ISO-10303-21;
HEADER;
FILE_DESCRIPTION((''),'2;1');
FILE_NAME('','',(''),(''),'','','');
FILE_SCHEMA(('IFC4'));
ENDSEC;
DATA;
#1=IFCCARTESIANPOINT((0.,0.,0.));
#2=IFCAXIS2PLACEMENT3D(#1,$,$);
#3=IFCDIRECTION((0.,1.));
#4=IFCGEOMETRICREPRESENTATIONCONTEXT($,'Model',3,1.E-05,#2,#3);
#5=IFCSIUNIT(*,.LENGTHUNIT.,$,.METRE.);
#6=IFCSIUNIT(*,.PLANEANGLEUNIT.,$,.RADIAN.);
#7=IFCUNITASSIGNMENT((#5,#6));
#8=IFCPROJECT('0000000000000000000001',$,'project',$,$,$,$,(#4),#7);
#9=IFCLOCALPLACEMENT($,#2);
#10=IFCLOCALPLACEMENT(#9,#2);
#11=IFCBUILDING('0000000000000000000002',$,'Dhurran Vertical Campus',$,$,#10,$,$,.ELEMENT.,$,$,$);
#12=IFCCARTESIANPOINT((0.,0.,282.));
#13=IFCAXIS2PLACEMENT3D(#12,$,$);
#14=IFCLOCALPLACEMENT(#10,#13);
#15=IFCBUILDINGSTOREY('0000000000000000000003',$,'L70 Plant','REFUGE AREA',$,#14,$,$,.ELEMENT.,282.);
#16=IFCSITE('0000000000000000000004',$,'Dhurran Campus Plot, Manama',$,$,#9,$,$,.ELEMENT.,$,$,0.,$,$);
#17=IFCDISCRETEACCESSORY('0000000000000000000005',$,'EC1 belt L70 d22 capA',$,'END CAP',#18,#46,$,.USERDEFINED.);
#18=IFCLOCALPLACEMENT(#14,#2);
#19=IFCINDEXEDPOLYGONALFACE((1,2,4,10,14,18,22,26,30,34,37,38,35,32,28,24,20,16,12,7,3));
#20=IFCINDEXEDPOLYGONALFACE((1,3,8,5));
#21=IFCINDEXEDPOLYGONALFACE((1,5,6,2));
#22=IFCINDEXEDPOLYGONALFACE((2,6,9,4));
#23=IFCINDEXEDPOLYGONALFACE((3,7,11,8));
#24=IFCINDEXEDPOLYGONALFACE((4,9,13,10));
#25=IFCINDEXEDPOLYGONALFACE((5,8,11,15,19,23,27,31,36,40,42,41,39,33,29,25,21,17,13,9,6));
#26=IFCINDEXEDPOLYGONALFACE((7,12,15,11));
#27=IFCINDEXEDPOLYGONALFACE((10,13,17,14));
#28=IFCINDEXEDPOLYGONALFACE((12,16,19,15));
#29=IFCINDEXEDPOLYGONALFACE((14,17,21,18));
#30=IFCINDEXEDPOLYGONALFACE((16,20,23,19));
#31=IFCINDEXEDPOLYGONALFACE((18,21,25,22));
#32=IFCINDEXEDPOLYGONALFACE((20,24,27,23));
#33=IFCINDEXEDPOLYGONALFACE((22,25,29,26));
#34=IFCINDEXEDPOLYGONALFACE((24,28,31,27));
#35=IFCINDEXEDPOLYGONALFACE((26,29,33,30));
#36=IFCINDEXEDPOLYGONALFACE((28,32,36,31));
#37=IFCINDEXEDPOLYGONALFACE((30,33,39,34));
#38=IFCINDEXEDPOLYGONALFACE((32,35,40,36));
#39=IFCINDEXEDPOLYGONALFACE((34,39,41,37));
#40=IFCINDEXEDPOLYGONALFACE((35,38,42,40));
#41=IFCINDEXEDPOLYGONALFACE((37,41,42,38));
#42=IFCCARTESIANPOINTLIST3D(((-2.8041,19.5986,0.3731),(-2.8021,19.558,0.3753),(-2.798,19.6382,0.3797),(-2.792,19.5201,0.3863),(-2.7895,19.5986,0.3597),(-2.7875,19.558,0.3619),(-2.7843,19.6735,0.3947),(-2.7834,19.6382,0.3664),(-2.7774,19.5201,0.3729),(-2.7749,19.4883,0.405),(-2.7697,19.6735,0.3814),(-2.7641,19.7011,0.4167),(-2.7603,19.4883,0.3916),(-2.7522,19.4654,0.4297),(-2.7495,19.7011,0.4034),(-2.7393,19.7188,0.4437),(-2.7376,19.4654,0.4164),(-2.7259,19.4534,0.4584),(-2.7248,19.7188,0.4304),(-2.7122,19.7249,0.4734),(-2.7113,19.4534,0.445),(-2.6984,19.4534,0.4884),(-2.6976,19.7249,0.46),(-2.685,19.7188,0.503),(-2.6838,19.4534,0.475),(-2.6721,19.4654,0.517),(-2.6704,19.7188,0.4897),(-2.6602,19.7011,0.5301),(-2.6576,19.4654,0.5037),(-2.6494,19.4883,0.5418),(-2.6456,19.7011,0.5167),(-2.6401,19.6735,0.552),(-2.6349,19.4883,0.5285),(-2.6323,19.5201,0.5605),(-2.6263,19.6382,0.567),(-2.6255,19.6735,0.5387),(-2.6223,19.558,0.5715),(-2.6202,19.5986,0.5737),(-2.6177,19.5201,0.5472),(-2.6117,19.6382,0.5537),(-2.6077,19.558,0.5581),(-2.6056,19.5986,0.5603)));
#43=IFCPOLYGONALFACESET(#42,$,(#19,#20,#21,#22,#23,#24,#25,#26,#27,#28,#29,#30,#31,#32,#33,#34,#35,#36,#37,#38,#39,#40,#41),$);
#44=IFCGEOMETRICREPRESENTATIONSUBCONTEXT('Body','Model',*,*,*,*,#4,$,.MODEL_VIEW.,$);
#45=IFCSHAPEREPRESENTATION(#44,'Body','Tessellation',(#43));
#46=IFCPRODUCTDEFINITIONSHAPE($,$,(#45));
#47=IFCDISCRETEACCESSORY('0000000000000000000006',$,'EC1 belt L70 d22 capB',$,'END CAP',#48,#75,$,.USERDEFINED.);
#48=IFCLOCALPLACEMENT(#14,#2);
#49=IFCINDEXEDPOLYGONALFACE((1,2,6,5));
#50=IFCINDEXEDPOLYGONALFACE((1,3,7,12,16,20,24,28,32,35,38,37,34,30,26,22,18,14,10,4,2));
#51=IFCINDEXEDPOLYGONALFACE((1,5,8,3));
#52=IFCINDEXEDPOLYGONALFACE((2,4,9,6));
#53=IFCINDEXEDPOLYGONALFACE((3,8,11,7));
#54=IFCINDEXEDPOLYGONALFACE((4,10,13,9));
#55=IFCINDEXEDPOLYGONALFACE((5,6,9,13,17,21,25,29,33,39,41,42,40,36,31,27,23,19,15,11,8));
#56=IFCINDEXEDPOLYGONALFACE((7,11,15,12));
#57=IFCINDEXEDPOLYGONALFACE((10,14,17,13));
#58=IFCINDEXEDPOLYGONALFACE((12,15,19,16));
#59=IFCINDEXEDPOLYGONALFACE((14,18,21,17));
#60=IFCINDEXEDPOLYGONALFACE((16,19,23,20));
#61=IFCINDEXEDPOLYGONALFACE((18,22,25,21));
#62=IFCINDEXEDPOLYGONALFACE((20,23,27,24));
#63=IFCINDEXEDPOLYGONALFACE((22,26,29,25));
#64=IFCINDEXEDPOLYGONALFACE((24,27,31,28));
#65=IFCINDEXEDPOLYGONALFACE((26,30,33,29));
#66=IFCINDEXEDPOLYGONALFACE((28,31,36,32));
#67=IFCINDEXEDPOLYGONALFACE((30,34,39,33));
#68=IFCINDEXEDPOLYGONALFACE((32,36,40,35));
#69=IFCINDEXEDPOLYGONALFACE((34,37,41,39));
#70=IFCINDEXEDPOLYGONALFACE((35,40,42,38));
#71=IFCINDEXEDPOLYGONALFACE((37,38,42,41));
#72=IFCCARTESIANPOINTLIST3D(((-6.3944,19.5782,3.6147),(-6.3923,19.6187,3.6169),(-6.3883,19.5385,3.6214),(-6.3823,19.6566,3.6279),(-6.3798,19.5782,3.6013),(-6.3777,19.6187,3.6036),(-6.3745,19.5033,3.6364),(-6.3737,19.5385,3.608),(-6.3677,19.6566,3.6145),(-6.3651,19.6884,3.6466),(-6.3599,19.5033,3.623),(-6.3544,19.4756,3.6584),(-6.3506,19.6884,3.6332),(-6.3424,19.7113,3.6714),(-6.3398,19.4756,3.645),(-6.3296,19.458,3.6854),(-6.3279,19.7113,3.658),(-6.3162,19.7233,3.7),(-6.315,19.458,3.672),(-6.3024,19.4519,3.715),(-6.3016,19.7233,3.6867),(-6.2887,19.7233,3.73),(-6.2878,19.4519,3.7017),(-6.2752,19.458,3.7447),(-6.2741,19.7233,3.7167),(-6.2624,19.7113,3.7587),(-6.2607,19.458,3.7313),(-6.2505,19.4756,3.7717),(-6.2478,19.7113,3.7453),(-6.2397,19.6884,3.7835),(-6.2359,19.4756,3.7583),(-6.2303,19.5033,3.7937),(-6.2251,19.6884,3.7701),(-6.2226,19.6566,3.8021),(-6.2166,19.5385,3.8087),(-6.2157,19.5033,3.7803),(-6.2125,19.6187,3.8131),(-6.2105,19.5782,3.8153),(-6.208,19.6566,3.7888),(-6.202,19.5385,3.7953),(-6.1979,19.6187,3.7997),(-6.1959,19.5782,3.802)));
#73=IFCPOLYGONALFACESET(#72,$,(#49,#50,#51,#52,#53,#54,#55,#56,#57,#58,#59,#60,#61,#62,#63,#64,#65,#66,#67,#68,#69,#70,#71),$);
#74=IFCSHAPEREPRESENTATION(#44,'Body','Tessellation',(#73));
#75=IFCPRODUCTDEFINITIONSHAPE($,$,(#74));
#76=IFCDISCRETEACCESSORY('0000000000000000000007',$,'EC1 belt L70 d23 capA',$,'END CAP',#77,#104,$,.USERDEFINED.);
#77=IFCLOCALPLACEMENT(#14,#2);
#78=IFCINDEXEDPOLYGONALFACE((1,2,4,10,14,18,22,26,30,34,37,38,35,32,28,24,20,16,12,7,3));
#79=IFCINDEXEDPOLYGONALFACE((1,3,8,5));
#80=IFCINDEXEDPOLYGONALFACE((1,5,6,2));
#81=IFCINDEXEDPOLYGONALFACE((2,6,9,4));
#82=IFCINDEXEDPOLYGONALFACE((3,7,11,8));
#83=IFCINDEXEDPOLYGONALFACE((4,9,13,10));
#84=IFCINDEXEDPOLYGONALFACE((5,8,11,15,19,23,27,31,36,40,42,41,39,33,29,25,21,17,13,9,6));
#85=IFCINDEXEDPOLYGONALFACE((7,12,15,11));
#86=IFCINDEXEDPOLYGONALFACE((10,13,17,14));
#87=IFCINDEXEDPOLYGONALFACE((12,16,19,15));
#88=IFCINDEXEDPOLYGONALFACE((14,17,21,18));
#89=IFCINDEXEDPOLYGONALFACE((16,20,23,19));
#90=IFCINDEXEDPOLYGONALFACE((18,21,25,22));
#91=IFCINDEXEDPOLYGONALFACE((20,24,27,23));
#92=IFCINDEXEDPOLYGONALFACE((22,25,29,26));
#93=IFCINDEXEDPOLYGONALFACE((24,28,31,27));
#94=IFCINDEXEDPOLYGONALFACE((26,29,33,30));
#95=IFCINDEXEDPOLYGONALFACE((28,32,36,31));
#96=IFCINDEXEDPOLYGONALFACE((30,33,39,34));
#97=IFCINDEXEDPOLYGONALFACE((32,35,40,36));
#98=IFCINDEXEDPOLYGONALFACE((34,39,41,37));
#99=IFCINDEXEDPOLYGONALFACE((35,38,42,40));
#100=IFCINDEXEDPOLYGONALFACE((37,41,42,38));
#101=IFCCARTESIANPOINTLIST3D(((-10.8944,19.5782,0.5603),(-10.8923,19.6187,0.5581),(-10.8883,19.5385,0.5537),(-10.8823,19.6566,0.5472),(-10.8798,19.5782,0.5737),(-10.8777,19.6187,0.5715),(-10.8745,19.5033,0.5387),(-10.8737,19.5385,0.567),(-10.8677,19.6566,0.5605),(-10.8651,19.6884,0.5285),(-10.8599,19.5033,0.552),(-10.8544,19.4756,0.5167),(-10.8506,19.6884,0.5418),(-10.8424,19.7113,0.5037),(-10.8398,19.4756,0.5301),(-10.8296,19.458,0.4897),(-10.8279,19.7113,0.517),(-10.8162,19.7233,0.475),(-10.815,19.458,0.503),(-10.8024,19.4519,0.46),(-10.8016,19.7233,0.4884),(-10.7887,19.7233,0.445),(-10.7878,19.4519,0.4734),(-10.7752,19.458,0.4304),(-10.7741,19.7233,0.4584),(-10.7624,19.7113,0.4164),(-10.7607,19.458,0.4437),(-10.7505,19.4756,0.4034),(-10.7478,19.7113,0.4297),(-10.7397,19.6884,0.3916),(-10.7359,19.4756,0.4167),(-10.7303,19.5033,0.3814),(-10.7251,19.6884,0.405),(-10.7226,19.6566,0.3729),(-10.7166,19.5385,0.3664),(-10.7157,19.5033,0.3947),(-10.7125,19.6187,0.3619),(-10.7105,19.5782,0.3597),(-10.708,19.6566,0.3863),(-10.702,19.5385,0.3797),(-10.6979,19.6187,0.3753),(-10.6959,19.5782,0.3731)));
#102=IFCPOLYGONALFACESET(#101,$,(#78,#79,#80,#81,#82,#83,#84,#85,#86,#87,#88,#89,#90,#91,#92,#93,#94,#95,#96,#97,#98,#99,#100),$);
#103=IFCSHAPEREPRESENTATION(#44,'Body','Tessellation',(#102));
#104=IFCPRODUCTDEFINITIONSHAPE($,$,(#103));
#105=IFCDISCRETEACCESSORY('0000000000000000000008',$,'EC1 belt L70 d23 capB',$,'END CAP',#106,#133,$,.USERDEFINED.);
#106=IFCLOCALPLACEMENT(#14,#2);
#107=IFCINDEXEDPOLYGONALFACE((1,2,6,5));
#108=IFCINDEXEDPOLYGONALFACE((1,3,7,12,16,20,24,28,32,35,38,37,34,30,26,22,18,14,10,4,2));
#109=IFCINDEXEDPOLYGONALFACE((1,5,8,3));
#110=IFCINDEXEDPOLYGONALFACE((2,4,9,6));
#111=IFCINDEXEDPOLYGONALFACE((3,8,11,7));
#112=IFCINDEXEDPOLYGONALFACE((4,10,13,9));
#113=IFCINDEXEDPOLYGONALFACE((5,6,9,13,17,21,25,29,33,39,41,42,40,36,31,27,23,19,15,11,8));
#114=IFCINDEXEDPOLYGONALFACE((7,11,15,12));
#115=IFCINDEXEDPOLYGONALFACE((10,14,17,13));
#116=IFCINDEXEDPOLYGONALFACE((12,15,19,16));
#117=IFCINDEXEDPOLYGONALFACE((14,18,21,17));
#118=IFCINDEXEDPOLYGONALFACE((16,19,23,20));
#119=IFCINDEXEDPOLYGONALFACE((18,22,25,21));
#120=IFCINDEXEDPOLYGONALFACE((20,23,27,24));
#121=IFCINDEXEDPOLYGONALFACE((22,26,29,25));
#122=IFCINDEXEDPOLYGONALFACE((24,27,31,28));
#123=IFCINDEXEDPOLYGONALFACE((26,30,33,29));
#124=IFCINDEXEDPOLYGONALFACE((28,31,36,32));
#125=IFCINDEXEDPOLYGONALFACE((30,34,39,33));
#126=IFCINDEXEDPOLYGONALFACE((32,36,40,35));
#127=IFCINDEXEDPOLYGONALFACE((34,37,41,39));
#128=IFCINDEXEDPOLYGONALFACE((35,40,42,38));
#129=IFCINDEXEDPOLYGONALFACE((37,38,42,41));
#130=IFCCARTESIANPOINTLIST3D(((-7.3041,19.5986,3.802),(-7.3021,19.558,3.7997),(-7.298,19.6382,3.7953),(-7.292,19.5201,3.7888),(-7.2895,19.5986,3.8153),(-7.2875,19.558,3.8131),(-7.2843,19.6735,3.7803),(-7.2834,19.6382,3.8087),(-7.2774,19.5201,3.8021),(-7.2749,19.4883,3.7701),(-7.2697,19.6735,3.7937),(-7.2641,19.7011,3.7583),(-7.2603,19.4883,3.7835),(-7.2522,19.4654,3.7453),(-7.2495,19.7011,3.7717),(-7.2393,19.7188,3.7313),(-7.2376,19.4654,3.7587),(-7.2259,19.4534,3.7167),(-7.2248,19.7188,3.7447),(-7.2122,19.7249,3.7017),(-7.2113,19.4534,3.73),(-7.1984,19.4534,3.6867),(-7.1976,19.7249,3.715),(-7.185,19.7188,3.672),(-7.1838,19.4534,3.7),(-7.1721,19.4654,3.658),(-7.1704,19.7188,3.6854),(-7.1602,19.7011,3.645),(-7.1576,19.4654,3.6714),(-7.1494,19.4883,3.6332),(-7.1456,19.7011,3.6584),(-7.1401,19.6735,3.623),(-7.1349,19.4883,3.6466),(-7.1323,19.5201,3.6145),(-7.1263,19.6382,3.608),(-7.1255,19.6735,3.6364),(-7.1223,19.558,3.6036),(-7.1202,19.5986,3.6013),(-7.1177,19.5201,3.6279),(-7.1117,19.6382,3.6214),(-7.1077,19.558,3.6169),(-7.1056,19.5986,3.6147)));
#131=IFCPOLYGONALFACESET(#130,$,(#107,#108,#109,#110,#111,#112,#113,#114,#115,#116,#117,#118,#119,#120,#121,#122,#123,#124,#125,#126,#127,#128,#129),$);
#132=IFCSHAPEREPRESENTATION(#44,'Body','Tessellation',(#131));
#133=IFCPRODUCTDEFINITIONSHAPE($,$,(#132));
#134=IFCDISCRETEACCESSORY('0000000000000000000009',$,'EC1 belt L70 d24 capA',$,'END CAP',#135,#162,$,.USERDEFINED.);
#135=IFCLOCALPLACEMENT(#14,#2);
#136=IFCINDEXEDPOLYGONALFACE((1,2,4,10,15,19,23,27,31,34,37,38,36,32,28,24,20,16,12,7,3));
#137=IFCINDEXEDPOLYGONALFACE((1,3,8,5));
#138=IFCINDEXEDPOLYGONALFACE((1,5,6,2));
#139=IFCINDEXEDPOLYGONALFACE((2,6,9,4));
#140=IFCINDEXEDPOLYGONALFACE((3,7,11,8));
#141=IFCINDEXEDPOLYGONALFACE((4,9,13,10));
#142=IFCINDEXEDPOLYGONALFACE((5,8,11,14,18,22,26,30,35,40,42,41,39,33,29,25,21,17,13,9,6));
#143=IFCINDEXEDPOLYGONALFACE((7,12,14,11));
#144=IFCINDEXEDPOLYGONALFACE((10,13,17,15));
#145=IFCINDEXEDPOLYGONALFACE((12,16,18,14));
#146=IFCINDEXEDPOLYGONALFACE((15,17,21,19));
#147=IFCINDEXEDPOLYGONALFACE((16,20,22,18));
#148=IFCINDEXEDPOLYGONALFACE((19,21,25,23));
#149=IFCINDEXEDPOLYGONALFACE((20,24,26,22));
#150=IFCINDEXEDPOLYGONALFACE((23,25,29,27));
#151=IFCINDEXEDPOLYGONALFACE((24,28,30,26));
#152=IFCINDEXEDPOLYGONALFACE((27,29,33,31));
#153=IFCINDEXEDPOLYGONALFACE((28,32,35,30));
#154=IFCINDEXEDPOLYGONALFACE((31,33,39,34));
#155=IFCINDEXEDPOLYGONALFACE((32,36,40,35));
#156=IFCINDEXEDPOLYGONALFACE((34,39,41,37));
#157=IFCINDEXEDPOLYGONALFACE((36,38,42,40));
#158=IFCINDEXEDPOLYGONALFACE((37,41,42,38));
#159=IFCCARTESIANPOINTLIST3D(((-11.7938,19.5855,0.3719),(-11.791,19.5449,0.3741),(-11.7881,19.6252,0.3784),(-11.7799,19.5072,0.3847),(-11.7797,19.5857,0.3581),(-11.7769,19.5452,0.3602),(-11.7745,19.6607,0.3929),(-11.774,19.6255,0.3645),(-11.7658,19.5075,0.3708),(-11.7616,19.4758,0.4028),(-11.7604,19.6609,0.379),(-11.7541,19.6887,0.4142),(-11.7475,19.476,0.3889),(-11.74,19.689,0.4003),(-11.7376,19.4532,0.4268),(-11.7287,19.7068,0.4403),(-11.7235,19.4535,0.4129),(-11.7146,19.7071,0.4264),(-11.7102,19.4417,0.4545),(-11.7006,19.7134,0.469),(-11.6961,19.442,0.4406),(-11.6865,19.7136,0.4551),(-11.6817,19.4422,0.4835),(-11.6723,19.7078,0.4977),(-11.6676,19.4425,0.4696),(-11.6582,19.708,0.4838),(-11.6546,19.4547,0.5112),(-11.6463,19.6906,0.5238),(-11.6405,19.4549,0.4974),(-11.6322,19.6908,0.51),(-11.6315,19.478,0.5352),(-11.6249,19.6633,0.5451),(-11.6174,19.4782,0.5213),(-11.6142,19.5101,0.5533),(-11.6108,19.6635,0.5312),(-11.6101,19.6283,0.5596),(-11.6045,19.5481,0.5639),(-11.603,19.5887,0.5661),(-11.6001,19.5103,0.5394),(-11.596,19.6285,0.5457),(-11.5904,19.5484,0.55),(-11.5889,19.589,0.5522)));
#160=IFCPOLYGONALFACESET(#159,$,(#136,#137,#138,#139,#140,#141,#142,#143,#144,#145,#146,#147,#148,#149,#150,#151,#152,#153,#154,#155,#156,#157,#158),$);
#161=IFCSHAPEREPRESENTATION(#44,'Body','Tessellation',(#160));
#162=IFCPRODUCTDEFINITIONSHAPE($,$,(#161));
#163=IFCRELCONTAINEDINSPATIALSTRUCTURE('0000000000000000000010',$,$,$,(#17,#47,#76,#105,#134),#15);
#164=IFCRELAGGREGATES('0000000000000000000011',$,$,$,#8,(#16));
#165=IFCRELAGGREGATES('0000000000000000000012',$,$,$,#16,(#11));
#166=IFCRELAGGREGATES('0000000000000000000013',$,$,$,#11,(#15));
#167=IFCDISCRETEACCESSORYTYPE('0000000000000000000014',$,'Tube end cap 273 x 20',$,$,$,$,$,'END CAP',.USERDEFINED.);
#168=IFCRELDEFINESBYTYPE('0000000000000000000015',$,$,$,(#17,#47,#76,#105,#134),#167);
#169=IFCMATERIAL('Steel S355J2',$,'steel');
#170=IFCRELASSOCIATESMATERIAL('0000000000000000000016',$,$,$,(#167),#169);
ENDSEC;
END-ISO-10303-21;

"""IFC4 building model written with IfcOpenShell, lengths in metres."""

from ifc_helpers import new_model, si_unit, direction, frame, origin, origin_2d, place, context, subcontext, project, spatial, circle, extrude, material, material_profile, profile_set, type_object, element, save


model = new_model("IFC4")

# Units and contexts
model_context = context("Model", 3, precision=1e-05, world=origin(), true_north=direction((0.0, 1.0)))
body_context = subcontext(model_context, "Body", "Model", "MODEL_VIEW")
ifc_project = project(units=[si_unit("LENGTHUNIT", "METRE"), si_unit("PLANEANGLEUNIT", "RADIAN")], contexts=[model_context])

# Site, building, storey
site_placement = place(None, origin())
site = spatial("IfcSite", under=ifc_project, at=site_placement, Name="Dhurran Campus Plot, Manama", CompositionType="ELEMENT", RefElevation=0.0)
building_placement = place(site_placement, origin())
building = spatial("IfcBuilding", under=site, at=building_placement, Name="Dhurran Vertical Campus", CompositionType="ELEMENT")
storey_placement = place(building_placement, frame((0.0, 0.0, 282.0)))
storey = spatial("IfcBuildingStorey", under=building, at=storey_placement, Name="L70 Plant", Description="REFUGE AREA", CompositionType="ELEMENT", Elevation=282.0)

# Discrete accessories
ifc_material_1 = material(Name="Steel S355J2", Category="steel")
ifc_material_profile_1 = material_profile(ifc_material_1, circle(Radius=0.1365, at=origin_2d()), Name="Tube end cap 273 x 20")
ifc_profile_set_1 = profile_set([ifc_material_profile_1], Name="Steel S355J2")
discrete_accessory_type = type_object("IfcDiscreteAccessoryType", Name="Tube end cap 273 x 20", ElementType="END CAP", PredefinedType="USERDEFINED", material=ifc_profile_set_1)
for number, where, z_axis, x_axis, name in (
    (1, (-2.7122, 19.5884, 0.4734), (0.737154, 0.0, -0.675725), (0.0, 1.0, 0.0), "EC1 belt L70 d22 capA"),
    (2, (-6.2878, 19.5884, 3.7017), (-0.737154, 0.0, 0.675725), (0.0, -1.0, 0.0), "EC1 belt L70 d22 capB"),
    (3, (-10.7878, 19.5884, 0.4734), (-0.737154, 0.0, -0.675725), (0.0, -1.0, 0.0), "EC1 belt L70 d23 capA"),
    (4, (-7.2122, 19.5884, 3.7017), (0.737154, 0.0, 0.675725), (0.0, 1.0, 0.0), "EC1 belt L70 d23 capB"),
    (5, (-11.6982, 19.5769, 0.469), (0.713175, 0.012296, -0.700879), (-0.017239, 0.999851, 0.0), "EC1 belt L70 d24 capA"),
):
    element("IfcDiscreteAccessory", number, at=place(storey_placement, frame(where, z_axis=z_axis, x_axis=x_axis)), inside=storey, type_object=discrete_accessory_type, Name=name, ObjectType="END CAP", PredefinedType="USERDEFINED", context=body_context, shape_type="SweptSolid", body=[
        extrude(circle(Radius=0.1365, at=origin_2d()), origin(), (0.0, 0.0, 1.0), 0.0198),
    ])

save(model, "model.ifc")
